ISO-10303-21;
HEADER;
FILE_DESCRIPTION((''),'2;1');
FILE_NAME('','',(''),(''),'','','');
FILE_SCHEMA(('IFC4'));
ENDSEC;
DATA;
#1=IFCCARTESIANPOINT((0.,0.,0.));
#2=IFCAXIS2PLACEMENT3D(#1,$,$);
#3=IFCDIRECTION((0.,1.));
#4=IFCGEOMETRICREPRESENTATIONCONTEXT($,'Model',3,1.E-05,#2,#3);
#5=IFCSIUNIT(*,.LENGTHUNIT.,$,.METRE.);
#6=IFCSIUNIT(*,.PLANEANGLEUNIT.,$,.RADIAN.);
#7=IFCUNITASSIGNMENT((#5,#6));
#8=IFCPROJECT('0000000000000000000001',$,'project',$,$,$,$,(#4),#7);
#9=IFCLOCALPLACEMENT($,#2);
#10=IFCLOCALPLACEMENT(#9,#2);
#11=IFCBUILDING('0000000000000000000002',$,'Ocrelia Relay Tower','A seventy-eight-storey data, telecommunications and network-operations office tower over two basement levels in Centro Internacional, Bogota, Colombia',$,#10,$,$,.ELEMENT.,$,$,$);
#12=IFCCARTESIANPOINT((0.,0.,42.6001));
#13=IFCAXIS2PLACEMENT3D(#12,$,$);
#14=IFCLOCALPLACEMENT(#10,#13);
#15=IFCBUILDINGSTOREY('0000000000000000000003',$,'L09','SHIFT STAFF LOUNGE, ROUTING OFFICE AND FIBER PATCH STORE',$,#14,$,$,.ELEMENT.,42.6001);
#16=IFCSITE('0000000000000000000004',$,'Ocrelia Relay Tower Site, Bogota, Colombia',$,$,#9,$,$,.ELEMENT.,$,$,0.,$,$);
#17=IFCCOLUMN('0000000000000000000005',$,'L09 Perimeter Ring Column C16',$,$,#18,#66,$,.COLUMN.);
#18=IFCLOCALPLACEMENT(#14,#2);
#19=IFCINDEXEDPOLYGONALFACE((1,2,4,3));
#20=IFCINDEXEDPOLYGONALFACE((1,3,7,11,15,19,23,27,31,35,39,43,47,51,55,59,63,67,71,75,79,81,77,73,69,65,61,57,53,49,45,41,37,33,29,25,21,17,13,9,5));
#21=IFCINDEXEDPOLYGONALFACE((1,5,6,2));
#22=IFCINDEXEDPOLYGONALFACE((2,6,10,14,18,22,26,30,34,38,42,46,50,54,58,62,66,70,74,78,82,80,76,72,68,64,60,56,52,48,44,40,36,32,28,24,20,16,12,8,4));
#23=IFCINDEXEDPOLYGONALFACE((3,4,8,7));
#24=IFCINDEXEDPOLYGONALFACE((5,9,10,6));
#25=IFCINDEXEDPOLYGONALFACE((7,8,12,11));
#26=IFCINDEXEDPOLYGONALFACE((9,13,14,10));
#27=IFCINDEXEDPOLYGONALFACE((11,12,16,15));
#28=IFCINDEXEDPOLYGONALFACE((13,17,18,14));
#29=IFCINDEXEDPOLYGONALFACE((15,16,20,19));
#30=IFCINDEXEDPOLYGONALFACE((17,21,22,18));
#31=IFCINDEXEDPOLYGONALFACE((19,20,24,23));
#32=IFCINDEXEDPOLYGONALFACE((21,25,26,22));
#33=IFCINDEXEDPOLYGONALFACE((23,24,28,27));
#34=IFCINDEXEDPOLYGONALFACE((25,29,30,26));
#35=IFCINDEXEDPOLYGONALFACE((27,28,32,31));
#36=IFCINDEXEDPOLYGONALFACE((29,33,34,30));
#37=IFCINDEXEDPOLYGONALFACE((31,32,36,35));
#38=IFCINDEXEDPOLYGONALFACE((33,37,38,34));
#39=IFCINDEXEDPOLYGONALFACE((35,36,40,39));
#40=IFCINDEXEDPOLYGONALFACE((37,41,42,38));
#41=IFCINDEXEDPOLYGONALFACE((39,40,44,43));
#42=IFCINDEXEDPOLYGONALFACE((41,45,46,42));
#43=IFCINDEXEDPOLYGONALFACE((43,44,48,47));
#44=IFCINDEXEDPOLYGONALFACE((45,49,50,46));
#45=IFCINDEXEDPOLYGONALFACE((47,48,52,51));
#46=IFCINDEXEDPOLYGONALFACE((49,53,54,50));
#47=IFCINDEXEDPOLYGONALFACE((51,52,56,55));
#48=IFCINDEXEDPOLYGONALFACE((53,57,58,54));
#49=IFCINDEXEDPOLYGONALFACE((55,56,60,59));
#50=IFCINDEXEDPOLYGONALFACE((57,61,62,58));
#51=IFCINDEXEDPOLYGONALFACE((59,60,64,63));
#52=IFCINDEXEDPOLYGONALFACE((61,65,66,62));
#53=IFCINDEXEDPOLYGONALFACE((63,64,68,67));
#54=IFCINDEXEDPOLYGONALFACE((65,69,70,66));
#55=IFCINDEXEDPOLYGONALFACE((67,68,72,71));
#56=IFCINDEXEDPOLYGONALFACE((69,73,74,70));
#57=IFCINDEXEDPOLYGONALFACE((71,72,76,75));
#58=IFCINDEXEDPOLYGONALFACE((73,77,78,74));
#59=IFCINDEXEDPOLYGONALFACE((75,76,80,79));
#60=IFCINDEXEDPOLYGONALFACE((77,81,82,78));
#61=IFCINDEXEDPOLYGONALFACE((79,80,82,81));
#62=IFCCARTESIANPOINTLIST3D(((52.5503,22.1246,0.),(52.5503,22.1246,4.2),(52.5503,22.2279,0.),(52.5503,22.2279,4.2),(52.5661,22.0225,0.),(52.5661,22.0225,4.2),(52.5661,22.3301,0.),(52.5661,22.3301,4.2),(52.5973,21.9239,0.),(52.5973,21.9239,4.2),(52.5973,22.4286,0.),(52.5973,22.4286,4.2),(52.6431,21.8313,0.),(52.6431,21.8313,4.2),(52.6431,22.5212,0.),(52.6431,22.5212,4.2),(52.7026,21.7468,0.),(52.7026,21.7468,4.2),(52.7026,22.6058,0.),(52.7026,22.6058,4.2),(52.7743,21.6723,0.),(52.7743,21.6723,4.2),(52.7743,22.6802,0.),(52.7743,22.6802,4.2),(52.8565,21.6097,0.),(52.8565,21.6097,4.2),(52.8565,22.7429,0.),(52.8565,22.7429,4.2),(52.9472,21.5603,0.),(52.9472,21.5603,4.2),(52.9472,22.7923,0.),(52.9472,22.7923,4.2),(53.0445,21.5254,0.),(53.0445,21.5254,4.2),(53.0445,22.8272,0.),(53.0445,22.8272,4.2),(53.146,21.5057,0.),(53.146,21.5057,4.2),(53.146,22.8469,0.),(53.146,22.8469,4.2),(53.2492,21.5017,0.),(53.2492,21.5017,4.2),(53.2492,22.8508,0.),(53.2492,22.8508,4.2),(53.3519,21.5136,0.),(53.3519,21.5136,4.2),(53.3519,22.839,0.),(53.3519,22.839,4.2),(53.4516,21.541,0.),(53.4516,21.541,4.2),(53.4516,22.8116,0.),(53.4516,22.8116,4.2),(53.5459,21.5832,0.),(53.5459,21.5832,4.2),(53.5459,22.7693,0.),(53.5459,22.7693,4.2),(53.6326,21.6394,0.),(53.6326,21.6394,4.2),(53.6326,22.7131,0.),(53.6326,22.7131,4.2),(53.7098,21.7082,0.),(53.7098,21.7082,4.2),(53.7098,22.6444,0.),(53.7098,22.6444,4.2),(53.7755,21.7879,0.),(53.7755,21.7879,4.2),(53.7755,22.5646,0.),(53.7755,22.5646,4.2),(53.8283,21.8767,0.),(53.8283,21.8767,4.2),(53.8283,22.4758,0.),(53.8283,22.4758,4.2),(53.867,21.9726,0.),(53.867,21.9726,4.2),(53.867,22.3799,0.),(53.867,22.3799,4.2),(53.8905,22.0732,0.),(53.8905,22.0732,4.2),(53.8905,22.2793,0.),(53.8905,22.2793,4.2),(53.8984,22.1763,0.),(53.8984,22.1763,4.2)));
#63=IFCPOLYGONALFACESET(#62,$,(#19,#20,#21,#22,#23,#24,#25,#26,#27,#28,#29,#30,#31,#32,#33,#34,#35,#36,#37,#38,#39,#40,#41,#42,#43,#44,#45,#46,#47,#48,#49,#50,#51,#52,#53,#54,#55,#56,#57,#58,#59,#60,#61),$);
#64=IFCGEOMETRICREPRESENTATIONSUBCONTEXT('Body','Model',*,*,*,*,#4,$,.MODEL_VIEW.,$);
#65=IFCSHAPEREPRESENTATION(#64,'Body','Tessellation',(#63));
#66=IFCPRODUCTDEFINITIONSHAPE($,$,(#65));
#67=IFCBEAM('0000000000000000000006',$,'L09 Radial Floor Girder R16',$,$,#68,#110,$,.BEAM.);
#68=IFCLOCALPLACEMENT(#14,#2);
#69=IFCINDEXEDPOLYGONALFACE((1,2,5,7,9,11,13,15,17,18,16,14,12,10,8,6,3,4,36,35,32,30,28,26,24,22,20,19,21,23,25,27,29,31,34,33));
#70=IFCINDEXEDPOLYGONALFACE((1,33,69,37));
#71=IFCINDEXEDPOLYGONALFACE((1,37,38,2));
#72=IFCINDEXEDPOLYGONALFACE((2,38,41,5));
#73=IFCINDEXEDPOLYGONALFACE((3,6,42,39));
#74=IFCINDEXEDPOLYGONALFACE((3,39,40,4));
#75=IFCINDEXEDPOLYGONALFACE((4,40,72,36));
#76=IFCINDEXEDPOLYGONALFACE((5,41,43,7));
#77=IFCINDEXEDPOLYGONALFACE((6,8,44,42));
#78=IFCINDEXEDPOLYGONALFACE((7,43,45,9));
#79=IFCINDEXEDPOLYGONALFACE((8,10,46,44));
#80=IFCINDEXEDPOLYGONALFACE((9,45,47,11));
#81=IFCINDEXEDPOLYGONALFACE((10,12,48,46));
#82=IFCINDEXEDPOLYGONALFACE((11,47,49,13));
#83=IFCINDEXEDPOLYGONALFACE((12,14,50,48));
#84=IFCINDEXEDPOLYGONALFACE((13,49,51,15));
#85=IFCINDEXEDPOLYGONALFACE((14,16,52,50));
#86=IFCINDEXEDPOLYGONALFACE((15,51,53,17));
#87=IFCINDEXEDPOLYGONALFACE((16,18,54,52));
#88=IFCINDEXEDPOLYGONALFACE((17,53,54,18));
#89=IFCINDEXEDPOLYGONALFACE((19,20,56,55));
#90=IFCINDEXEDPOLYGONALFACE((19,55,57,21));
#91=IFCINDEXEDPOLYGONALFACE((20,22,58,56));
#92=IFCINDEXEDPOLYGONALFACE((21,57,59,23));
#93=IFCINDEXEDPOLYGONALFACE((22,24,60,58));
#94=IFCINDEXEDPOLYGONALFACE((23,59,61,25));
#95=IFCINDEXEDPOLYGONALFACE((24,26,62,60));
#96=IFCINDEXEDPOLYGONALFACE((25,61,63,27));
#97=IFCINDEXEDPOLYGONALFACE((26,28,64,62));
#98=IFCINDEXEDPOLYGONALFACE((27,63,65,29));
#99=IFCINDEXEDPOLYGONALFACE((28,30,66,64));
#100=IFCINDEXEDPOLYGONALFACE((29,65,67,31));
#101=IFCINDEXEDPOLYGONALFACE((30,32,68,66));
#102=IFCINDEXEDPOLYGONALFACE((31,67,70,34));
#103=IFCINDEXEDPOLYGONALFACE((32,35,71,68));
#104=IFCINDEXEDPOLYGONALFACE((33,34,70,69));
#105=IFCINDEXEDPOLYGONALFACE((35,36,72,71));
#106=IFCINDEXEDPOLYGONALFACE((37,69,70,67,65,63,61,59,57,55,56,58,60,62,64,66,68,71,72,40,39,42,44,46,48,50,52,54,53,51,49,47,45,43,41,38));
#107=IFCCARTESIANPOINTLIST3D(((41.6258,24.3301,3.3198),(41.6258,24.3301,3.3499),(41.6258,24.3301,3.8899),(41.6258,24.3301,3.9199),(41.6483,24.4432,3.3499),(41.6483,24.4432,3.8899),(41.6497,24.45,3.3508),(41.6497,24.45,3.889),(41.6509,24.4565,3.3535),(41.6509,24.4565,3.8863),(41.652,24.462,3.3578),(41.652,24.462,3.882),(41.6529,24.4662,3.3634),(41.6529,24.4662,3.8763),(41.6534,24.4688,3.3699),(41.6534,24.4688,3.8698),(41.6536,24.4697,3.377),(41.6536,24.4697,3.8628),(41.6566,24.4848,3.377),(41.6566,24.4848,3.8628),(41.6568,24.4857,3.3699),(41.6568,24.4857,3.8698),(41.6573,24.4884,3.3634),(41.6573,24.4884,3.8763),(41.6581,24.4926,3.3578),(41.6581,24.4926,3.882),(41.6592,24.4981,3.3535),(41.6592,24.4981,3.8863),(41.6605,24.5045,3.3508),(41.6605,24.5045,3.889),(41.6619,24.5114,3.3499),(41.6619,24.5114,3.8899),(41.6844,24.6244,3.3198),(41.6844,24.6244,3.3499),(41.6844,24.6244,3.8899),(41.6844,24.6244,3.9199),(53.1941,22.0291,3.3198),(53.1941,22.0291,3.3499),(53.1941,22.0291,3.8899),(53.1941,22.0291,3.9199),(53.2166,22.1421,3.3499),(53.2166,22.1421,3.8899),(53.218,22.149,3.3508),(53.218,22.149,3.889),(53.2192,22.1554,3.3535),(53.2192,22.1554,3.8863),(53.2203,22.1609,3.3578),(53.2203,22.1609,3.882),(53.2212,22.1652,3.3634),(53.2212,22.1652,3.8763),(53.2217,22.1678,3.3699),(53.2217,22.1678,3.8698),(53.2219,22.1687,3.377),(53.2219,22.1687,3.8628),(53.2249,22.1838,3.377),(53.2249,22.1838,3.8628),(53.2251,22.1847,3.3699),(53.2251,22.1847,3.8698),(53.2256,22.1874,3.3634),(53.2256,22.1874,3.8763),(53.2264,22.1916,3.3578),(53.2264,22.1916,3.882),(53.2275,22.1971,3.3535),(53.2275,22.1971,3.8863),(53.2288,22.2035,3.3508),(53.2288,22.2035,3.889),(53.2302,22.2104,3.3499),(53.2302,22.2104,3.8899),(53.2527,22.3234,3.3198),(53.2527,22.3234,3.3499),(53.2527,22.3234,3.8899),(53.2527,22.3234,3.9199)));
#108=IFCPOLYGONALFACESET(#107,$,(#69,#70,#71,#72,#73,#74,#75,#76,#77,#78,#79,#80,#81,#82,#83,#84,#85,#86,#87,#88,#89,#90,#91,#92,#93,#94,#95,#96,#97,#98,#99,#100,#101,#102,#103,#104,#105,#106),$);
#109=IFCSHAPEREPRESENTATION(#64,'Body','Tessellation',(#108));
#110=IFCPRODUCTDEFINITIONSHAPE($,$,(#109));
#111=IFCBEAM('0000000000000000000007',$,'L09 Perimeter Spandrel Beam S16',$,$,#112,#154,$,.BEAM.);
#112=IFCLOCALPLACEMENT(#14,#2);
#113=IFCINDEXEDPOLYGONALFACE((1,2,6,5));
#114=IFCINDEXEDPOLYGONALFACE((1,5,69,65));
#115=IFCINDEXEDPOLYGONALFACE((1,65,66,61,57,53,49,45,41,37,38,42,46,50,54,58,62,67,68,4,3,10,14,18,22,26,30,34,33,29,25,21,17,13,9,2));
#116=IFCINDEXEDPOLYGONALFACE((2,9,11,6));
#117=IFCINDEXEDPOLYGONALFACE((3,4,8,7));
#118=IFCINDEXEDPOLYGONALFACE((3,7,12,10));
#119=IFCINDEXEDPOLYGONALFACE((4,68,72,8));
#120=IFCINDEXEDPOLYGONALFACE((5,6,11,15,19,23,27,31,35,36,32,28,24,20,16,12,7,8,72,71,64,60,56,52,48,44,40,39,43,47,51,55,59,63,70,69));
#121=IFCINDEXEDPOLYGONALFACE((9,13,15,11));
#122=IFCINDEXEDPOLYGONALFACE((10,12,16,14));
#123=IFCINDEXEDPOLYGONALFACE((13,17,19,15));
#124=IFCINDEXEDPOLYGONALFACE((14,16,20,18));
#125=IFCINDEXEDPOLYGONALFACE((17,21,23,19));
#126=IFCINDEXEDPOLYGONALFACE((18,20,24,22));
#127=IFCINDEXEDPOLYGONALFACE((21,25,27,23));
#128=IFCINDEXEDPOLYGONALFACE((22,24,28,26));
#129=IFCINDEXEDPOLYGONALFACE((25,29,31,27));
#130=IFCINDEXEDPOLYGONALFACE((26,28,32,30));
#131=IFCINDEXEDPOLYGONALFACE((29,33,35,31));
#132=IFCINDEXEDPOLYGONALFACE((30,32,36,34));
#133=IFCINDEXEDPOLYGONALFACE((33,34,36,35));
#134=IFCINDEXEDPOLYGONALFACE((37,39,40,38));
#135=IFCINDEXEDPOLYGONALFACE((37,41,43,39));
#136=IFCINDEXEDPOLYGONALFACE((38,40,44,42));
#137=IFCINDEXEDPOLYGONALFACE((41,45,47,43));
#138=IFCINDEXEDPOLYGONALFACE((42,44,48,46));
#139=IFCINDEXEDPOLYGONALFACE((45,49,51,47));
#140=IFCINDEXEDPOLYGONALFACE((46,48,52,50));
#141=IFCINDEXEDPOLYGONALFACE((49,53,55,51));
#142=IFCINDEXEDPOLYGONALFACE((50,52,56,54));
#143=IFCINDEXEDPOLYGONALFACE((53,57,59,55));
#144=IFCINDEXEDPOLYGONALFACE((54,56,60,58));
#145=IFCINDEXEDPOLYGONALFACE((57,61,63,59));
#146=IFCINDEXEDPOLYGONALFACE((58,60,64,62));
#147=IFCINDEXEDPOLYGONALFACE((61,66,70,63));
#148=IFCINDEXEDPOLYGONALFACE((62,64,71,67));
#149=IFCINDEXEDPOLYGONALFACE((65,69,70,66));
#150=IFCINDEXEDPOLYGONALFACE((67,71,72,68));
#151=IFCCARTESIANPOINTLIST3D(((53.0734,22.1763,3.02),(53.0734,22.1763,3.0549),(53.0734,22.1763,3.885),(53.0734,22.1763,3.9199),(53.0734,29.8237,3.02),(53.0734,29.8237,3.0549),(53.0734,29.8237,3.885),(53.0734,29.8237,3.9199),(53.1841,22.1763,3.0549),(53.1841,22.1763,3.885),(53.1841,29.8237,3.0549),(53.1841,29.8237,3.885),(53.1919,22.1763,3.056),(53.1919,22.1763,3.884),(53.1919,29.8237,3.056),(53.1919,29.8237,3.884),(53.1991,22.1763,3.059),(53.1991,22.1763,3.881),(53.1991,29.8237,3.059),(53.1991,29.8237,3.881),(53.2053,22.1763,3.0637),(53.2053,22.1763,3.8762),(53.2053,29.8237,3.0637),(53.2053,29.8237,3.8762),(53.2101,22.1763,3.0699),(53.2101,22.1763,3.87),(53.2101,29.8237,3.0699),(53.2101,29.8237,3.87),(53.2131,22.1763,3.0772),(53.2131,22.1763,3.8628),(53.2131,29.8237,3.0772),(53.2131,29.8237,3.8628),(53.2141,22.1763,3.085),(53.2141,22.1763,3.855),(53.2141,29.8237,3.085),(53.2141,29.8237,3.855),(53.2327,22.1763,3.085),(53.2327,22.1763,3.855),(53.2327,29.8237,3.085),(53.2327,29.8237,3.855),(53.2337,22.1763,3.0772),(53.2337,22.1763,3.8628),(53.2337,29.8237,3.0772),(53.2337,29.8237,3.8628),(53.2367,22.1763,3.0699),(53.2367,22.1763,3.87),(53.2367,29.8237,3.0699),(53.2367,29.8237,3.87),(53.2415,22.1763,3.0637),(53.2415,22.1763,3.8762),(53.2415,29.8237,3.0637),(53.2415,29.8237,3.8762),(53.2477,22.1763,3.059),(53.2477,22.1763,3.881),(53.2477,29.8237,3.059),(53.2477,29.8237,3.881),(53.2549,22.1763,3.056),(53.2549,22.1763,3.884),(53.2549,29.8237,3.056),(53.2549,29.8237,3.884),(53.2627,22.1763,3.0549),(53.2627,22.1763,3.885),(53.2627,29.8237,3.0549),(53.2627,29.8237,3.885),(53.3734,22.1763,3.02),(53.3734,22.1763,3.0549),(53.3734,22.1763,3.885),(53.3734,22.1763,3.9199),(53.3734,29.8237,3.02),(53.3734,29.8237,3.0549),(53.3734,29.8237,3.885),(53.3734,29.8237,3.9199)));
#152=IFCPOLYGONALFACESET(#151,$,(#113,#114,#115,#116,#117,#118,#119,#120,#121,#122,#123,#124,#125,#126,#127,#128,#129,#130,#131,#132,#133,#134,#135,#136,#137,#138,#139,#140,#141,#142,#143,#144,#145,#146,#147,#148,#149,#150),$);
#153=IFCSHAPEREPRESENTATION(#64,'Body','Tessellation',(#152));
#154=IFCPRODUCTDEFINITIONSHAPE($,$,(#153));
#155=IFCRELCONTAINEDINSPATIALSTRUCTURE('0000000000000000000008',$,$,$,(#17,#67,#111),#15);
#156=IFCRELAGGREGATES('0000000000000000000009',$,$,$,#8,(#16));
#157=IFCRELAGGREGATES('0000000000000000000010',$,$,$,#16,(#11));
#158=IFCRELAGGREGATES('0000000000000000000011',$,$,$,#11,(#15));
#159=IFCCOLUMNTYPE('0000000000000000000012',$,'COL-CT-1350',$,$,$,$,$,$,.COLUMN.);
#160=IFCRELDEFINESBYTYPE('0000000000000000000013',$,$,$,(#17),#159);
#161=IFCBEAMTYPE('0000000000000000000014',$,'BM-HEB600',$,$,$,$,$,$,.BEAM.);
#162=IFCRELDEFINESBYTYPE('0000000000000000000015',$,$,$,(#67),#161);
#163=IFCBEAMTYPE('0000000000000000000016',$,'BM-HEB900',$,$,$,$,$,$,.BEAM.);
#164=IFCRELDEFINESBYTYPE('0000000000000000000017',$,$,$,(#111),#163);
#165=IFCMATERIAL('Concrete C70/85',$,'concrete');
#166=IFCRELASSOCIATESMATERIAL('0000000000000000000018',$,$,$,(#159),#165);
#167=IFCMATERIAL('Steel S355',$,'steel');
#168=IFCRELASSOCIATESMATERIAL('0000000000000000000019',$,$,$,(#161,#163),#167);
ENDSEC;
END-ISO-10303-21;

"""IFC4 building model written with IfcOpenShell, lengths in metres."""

from ifc_helpers import new_model, si_unit, direction, frame, origin, origin_2d, place, context, subcontext, project, spatial, circle, i_section, extrude, material, material_profile, profile_set, type_object, element, save


model = new_model("IFC4")

# Units and contexts
model_context = context("Model", 3, precision=1e-05, world=origin(), true_north=direction((0.0, 1.0)))
body_context = subcontext(model_context, "Body", "Model", "MODEL_VIEW")
ifc_project = project(units=[si_unit("LENGTHUNIT", "METRE"), si_unit("PLANEANGLEUNIT", "RADIAN")], contexts=[model_context])

# Site, building, storey
site_placement = place(None, origin())
site = spatial("IfcSite", under=ifc_project, at=site_placement, Name="Ocrelia Relay Tower Site, Bogota, Colombia", CompositionType="ELEMENT", RefElevation=0.0)
building_placement = place(site_placement, origin())
building = spatial("IfcBuilding", under=site, at=building_placement, Name="Ocrelia Relay Tower", Description="A seventy-eight-storey data, telecommunications and network-operations office tower over two basement levels in Centro Internacional, Bogota, Colombia", CompositionType="ELEMENT")
storey_placement = place(building_placement, frame((0.0, 0.0, 42.6001)))
storey = spatial("IfcBuildingStorey", under=building, at=storey_placement, Name="L09", Description="SHIFT STAFF LOUNGE, ROUTING OFFICE AND FIBER PATCH STORE", CompositionType="ELEMENT", Elevation=42.6001)

# Column
ifc_material_1 = material(Name="Concrete C70/85", Category="concrete")
ifc_material_profile_1 = material_profile(ifc_material_1, circle(Radius=0.675, at=origin_2d()), Name="RC-CIR-1350")
ifc_profile_set_1 = profile_set([ifc_material_profile_1], Name="Concrete C70/85")
column_type = type_object("IfcColumnType", Name="COL-CT-1350", PredefinedType="COLUMN", material=ifc_profile_set_1)
column_placement = place(storey_placement, frame((53.2234, 22.1763, 0.0), z_axis=(0.0, 0.0, 1.0), x_axis=(1.0, 0.0, 0.0)))
element("IfcColumn", 1, at=column_placement, inside=storey, type_object=column_type, Name="L09 Perimeter Ring Column C16", PredefinedType="COLUMN", context=body_context, shape_type="SweptSolid", body=[
    extrude(circle(Radius=0.675, at=origin_2d()), origin(), (0.0, 0.0, 1.0), 4.2),
])

# Beams
ifc_material_2 = material(Name="Steel S355", Category="steel")
ifc_material_profile_2 = material_profile(ifc_material_2, i_section(OverallWidth=0.3, OverallDepth=0.6001, WebThickness=0.0154, FlangeThickness=0.03, FilletRadius=0.0271, at=origin_2d()), Name="HEB 600")
ifc_profile_set_2 = profile_set([ifc_material_profile_2], Name="Steel S355")
beam_type_1 = type_object("IfcBeamType", Name="BM-HEB600", PredefinedType="BEAM", material=ifc_profile_set_2)
beam_1_placement = place(storey_placement, frame((53.2234, 22.1763, 3.6199), z_axis=(-0.980786, 0.195085, 0.0), x_axis=(-0.195085, -0.980786, 0.0)))
element("IfcBeam", 2, at=beam_1_placement, inside=storey, type_object=beam_type_1, Name="L09 Radial Floor Girder R16", PredefinedType="BEAM", context=body_context, shape_type="SweptSolid", body=[
    extrude(i_section(OverallWidth=0.3, OverallDepth=0.6001, WebThickness=0.0154, FlangeThickness=0.03, FilletRadius=0.0271, at=origin_2d()), origin(), (0.0, 0.0, 1.0), 11.7949),
])
ifc_material_profile_3 = material_profile(ifc_material_2, i_section(OverallWidth=0.3, OverallDepth=0.8999, WebThickness=0.0186, FlangeThickness=0.0349, FilletRadius=0.03, at=origin_2d()), Name="HEB 900")
ifc_profile_set_3 = profile_set([ifc_material_profile_3], Name="Steel S355")
beam_type_2 = type_object("IfcBeamType", Name="BM-HEB900", PredefinedType="BEAM", material=ifc_profile_set_3)
beam_2_placement = place(storey_placement, frame((53.2234, 22.1763, 3.47), z_axis=(0.0, 1.0, 0.0), x_axis=(-1.0, 0.0, 0.0)))
element("IfcBeam", 3, at=beam_2_placement, inside=storey, type_object=beam_type_2, Name="L09 Perimeter Spandrel Beam S16", PredefinedType="BEAM", context=body_context, shape_type="SweptSolid", body=[
    extrude(i_section(OverallWidth=0.3, OverallDepth=0.8999, WebThickness=0.0186, FlangeThickness=0.0349, FilletRadius=0.03, at=origin_2d()), origin(), (0.0, 0.0, 1.0), 7.6475),
])

save(model, "model.ifc")
